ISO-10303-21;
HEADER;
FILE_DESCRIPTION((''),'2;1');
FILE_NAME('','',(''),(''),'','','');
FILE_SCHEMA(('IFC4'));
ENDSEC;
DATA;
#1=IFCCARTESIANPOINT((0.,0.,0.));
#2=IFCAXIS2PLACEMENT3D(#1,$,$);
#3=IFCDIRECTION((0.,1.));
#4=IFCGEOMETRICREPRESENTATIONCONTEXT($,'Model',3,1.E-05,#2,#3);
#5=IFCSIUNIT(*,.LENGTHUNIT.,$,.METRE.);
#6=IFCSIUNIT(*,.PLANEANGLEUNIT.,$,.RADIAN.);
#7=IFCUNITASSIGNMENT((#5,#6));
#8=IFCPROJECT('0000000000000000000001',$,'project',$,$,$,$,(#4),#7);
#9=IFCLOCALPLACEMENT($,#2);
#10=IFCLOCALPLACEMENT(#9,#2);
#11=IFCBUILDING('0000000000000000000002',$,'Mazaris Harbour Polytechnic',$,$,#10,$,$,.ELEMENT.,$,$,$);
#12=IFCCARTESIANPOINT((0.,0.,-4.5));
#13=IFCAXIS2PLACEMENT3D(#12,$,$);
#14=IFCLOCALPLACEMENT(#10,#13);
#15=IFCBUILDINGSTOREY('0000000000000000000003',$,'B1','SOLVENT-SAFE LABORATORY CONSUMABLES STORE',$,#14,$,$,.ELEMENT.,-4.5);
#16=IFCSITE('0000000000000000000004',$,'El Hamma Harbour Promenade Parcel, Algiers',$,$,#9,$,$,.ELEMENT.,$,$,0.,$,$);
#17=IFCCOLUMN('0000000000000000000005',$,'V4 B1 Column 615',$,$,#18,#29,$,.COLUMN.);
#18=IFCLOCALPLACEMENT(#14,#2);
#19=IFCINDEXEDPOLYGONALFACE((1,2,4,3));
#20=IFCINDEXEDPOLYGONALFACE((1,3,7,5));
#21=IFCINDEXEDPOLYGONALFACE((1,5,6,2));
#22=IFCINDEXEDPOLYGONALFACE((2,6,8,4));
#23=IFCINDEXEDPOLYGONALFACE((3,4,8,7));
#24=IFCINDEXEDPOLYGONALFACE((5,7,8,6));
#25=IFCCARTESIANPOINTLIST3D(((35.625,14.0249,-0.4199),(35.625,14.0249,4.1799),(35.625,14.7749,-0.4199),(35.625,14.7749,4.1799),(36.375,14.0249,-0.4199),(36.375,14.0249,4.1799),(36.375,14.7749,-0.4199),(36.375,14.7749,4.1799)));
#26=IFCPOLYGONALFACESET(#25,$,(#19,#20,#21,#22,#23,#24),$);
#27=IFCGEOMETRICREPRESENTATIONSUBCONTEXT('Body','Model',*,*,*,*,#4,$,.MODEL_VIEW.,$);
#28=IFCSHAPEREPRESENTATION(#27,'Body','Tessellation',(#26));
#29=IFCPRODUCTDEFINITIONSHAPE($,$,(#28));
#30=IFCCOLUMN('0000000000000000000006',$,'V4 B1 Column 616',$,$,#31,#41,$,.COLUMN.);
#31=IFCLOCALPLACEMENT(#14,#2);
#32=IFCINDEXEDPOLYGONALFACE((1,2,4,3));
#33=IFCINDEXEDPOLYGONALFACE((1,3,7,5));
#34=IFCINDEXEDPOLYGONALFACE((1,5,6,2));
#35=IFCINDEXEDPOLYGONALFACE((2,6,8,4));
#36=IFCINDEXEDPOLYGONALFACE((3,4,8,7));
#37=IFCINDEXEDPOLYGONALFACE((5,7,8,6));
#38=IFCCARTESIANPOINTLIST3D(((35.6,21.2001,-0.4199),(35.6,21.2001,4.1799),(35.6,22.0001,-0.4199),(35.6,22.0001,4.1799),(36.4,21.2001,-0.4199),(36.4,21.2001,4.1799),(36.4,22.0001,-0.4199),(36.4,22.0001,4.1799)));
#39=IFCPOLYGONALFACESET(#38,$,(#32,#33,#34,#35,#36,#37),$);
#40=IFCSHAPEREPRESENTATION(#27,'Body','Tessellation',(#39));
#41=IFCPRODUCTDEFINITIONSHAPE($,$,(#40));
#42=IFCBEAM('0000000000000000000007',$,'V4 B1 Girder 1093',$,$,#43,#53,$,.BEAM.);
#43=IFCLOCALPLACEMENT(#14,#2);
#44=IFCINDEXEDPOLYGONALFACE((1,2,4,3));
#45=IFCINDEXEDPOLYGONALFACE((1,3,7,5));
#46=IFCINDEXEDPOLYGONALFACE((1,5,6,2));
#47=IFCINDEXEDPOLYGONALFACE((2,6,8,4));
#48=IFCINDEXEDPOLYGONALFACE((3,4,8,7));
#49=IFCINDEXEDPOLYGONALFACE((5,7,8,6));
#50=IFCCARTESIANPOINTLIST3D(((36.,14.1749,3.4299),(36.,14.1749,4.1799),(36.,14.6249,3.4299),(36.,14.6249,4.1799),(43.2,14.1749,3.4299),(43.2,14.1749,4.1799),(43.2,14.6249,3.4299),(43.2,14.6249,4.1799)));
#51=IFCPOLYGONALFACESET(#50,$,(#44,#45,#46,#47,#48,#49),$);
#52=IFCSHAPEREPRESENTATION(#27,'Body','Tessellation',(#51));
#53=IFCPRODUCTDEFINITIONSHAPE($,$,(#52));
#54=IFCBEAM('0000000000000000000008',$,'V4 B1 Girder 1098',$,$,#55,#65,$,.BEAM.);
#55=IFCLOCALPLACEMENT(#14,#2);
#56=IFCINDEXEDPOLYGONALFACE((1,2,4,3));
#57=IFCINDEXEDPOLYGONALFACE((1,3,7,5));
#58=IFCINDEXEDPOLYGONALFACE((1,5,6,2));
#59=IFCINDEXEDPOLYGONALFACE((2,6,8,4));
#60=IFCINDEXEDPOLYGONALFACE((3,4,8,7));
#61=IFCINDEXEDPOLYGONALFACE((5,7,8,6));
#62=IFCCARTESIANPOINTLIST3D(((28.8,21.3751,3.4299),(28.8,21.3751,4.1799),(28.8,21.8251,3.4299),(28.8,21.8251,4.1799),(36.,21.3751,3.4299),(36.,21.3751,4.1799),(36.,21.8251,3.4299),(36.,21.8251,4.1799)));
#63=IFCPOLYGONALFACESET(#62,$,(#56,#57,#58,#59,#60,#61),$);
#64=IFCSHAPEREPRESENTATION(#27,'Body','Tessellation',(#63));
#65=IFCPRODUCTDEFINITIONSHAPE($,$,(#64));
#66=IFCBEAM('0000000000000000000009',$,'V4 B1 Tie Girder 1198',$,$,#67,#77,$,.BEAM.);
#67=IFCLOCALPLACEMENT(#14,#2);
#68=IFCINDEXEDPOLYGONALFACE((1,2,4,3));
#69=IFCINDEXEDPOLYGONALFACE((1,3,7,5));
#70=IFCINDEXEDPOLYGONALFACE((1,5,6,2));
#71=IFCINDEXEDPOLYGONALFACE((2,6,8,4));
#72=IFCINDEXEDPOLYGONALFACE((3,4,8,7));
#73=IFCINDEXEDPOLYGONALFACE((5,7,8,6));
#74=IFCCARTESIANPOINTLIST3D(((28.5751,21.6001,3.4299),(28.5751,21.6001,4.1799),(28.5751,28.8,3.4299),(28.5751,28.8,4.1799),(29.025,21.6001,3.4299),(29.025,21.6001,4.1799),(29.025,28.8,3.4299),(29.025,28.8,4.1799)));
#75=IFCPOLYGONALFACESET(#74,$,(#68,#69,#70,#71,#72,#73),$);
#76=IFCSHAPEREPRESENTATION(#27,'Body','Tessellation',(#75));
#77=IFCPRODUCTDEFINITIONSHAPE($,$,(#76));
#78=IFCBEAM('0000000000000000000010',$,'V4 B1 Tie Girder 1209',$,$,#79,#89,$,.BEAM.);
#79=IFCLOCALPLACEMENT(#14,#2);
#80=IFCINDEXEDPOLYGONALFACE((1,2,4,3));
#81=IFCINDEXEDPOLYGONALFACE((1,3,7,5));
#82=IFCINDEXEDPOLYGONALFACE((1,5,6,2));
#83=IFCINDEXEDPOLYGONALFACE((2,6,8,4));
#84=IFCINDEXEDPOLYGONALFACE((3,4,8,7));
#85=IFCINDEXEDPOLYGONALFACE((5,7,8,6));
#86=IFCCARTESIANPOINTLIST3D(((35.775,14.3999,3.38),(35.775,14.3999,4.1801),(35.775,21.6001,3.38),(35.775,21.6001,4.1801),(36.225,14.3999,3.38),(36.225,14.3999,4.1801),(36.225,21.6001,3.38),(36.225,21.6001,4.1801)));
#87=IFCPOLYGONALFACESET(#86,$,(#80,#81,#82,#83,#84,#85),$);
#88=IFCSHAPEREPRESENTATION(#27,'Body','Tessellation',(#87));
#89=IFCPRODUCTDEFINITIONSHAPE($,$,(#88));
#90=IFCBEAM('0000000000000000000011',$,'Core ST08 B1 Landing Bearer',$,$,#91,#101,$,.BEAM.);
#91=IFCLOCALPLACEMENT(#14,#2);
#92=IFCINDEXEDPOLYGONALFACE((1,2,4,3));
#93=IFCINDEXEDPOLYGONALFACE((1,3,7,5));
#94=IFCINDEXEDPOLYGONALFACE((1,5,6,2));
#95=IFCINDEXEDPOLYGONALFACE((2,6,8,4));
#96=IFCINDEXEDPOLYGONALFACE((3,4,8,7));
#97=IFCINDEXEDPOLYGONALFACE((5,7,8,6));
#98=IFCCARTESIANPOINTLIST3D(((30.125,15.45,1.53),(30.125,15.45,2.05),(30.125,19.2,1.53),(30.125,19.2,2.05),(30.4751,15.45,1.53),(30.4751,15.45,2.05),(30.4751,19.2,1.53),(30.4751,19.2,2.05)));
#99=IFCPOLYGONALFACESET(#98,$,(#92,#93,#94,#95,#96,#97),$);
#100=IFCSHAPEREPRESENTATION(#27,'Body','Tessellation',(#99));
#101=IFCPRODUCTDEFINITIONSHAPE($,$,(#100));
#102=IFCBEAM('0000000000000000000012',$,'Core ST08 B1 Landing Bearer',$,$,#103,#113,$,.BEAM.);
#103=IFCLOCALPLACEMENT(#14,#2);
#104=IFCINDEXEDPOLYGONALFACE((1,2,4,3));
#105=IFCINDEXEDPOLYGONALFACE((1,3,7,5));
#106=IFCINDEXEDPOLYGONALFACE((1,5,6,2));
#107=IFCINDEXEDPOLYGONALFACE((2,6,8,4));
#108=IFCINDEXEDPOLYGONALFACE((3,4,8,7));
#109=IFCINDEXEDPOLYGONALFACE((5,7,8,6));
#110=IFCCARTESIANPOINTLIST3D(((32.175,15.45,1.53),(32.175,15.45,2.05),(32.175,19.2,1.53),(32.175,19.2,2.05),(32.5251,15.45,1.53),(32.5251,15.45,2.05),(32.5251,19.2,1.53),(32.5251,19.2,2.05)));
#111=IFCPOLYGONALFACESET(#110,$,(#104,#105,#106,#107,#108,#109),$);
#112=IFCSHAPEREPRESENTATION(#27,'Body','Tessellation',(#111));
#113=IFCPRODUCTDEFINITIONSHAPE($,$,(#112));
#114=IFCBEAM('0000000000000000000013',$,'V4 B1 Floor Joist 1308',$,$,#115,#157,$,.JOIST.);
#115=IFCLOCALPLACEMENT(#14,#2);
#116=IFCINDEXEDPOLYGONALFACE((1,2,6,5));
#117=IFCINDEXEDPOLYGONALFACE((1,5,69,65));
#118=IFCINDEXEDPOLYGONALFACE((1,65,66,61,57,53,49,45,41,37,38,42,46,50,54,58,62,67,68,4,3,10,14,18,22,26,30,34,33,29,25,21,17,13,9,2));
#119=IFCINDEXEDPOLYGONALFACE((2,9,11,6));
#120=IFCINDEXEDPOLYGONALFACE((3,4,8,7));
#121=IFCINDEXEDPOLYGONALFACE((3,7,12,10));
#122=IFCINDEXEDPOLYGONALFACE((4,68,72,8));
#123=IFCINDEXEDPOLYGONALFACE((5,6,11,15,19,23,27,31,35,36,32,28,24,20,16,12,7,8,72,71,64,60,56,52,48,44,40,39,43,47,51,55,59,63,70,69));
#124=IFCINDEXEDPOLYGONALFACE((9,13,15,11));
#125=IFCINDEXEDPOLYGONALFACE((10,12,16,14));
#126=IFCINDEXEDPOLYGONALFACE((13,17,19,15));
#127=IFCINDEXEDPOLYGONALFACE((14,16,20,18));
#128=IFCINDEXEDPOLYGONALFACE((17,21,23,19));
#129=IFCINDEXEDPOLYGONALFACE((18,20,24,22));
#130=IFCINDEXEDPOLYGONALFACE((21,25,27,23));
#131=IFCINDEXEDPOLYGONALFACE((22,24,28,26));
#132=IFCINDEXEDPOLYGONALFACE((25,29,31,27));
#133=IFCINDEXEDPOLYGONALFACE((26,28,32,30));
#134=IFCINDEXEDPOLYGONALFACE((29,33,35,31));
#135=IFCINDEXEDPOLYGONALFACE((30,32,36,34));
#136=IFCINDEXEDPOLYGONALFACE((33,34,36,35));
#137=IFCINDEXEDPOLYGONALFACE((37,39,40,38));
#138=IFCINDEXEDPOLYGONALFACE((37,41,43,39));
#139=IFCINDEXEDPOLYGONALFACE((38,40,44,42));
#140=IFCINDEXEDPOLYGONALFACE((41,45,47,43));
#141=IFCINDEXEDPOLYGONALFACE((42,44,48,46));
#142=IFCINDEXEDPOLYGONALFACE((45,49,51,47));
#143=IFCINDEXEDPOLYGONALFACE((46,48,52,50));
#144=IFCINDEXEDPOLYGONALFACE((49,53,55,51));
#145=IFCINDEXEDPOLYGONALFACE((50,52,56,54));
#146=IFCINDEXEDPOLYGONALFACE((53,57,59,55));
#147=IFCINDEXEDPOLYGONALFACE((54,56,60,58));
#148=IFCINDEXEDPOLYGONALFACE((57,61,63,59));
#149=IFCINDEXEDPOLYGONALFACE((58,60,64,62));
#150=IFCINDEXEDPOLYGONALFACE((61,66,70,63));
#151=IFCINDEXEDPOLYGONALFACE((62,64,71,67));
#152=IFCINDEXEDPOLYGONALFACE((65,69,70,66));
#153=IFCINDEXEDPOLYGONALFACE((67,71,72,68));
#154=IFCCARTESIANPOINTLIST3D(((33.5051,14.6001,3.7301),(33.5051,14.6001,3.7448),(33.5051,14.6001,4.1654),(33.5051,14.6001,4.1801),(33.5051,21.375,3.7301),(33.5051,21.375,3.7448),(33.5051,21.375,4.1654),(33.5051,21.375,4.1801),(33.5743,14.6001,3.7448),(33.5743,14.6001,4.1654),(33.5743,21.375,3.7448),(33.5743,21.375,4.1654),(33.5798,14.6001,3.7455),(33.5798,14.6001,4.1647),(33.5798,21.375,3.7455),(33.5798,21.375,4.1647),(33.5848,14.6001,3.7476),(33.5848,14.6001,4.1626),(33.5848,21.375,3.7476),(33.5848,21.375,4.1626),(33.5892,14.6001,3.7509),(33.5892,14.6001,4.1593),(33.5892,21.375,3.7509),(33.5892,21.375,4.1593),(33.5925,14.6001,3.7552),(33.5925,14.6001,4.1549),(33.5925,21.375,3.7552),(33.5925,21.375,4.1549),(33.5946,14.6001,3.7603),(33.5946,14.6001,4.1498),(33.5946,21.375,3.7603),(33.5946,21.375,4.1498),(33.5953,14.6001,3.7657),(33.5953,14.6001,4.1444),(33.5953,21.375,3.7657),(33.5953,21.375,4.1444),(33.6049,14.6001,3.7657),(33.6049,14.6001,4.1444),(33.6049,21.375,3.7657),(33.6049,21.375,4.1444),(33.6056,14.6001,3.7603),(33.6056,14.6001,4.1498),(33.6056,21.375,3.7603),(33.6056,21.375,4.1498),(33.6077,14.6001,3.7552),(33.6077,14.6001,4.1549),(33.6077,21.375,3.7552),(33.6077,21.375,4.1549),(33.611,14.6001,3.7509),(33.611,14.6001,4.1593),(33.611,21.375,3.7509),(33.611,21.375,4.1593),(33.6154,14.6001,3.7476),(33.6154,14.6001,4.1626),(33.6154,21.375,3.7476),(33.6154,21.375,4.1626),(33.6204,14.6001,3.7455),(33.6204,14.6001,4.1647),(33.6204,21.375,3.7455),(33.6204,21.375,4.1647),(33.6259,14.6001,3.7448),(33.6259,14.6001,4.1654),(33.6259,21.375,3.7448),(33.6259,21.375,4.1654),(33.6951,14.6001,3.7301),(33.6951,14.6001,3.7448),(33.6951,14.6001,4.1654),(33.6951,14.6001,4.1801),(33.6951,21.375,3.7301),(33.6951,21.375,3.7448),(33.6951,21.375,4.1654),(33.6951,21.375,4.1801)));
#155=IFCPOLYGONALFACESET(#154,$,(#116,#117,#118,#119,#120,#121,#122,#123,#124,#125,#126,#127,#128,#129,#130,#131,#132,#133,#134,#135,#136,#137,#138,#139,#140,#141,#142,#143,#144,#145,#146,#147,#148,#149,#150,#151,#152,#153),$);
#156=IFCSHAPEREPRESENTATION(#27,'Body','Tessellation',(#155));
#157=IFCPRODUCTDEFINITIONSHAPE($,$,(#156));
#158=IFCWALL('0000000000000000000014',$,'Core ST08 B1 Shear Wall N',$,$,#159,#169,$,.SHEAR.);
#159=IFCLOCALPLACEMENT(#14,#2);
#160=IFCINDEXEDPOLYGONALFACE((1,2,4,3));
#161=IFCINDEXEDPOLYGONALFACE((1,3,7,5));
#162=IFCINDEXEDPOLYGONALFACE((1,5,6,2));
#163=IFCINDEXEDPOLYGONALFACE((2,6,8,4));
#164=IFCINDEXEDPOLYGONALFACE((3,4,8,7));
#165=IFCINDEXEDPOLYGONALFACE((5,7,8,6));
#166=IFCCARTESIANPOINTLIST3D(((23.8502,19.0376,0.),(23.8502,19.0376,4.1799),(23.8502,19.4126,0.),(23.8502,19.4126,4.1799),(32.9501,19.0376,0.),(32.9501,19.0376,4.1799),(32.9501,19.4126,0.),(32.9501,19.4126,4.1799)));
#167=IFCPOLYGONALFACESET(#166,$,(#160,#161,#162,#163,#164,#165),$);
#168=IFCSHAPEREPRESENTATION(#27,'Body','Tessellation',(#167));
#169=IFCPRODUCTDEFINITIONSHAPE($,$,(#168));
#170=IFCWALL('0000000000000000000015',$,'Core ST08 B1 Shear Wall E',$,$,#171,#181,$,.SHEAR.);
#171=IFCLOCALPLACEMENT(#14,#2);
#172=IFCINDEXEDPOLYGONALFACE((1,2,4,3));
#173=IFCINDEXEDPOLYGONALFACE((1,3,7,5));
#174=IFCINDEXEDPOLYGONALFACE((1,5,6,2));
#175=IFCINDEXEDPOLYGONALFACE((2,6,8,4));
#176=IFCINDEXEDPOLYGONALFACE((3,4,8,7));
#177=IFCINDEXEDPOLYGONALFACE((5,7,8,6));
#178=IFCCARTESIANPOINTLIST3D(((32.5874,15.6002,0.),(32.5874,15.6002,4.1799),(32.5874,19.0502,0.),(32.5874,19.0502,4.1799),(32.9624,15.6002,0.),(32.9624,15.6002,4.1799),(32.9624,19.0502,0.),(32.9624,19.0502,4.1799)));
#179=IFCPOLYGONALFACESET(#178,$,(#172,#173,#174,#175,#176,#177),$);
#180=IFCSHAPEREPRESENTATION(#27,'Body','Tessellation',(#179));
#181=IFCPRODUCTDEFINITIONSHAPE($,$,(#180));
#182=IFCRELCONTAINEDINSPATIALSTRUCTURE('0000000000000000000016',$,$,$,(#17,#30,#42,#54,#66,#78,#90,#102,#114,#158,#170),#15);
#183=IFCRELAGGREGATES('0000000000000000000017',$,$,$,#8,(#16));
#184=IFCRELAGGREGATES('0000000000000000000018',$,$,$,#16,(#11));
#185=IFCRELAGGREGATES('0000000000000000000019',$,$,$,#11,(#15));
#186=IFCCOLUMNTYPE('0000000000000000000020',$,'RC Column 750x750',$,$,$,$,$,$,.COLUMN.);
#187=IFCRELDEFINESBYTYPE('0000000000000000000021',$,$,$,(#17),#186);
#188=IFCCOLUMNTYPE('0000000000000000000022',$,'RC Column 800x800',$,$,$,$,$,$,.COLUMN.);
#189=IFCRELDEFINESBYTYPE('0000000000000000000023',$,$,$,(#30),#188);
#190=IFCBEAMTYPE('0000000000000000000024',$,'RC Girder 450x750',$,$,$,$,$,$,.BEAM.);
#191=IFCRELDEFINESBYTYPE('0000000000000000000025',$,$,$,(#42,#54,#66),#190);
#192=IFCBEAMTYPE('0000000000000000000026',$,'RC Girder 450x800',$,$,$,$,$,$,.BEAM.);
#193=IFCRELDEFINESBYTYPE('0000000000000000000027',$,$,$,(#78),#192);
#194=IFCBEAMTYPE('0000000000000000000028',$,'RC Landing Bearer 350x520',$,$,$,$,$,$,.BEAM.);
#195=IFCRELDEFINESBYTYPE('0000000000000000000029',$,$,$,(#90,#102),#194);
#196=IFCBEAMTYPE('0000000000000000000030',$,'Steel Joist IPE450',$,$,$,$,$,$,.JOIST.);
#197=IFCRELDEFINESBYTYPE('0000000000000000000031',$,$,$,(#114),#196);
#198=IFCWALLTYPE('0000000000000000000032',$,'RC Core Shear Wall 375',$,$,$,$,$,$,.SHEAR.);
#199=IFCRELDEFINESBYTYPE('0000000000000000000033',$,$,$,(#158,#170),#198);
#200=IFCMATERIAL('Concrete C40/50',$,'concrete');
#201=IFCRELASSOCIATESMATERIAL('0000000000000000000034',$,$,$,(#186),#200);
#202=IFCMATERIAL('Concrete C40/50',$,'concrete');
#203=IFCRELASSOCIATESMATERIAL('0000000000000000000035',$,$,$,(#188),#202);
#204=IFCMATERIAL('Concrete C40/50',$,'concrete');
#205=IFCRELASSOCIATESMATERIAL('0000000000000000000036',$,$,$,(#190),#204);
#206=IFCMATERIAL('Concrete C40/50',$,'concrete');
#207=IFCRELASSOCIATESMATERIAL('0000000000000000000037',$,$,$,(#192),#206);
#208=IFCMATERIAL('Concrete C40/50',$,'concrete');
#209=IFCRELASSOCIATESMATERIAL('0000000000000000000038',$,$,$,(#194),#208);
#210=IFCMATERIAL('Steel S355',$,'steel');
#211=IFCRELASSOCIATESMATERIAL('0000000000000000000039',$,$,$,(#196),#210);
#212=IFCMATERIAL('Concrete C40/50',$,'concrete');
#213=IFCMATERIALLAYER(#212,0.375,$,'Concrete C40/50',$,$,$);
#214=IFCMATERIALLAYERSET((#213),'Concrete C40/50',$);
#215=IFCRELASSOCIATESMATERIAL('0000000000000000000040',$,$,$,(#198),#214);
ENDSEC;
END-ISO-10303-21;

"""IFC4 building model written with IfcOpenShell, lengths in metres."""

from ifc_helpers import new_model, si_unit, direction, frame, frame_2d, origin, origin_2d, place, context, subcontext, project, spatial, rectangle, i_section, extrude, material, layer, layer_set, material_profile, profile_set, type_object, element, save


model = new_model("IFC4")

# Units and contexts
model_context = context("Model", 3, precision=1e-05, world=origin(), true_north=direction((0.0, 1.0)))
body_context = subcontext(model_context, "Body", "Model", "MODEL_VIEW")
ifc_project = project(units=[si_unit("LENGTHUNIT", "METRE"), si_unit("PLANEANGLEUNIT", "RADIAN")], contexts=[model_context])

# Site, building, storey
site_placement = place(None, origin())
site = spatial("IfcSite", under=ifc_project, at=site_placement, Name="El Hamma Harbour Promenade Parcel, Algiers", CompositionType="ELEMENT", RefElevation=0.0)
building_placement = place(site_placement, origin())
building = spatial("IfcBuilding", under=site, at=building_placement, Name="Mazaris Harbour Polytechnic", CompositionType="ELEMENT")
storey_placement = place(building_placement, frame((0.0, 0.0, -4.5)))
storey = spatial("IfcBuildingStorey", under=building, at=storey_placement, Name="B1", Description="SOLVENT-SAFE LABORATORY CONSUMABLES STORE", CompositionType="ELEMENT", Elevation=-4.5)

# Columns
ifc_material_1 = material(Name="Concrete C40/50", Category="concrete")
ifc_material_profile_1 = material_profile(ifc_material_1, rectangle(XDim=0.75, YDim=0.75, at=origin_2d()), Name="RECT750x750")
ifc_profile_set_1 = profile_set([ifc_material_profile_1], Name="Concrete C40/50")
column_type_1 = type_object("IfcColumnType", Name="RC Column 750x750", PredefinedType="COLUMN", material=ifc_profile_set_1)
column_1_placement = place(storey_placement, frame((36.0, 14.3999, -0.4199), z_axis=(0.0, 0.0, 1.0), x_axis=(1.0, 0.0, 0.0)))
element("IfcColumn", 1, at=column_1_placement, inside=storey, type_object=column_type_1, Name="V4 B1 Column 615", PredefinedType="COLUMN", context=body_context, shape_type="SweptSolid", body=[
    extrude(rectangle(XDim=0.75, YDim=0.75, at=origin_2d()), origin(), (0.0, 0.0, 1.0), 4.5999),
])
ifc_material_2 = material(Name="Concrete C40/50", Category="concrete")
ifc_material_profile_2 = material_profile(ifc_material_2, rectangle(XDim=0.8, YDim=0.8, at=origin_2d()), Name="RECT800x800")
ifc_profile_set_2 = profile_set([ifc_material_profile_2], Name="Concrete C40/50")
column_type_2 = type_object("IfcColumnType", Name="RC Column 800x800", PredefinedType="COLUMN", material=ifc_profile_set_2)
column_2_placement = place(storey_placement, frame((36.0, 21.6001, -0.4199), z_axis=(0.0, 0.0, 1.0), x_axis=(1.0, 0.0, 0.0)))
element("IfcColumn", 2, at=column_2_placement, inside=storey, type_object=column_type_2, Name="V4 B1 Column 616", PredefinedType="COLUMN", context=body_context, shape_type="SweptSolid", body=[
    extrude(rectangle(XDim=0.8, YDim=0.8, at=origin_2d()), origin(), (0.0, 0.0, 1.0), 4.5999),
])

# Beams
ifc_material_3 = material(Name="Concrete C40/50", Category="concrete")
ifc_material_profile_3 = material_profile(ifc_material_3, rectangle(XDim=0.45, YDim=0.75, at=origin_2d()), Name="RECT450x750")
ifc_profile_set_3 = profile_set([ifc_material_profile_3], Name="Concrete C40/50")
beam_type_1 = type_object("IfcBeamType", Name="RC Girder 450x750", PredefinedType="BEAM", material=ifc_profile_set_3)
for number, where, z_axis, x_axis, name in (
    (3, (36.0, 14.3999, 3.8049), (1.0, 0.0, 0.0), (0.0, 1.0, 0.0), "V4 B1 Girder 1093"),
    (4, (28.8, 21.6001, 3.8049), (1.0, 0.0, 0.0), (0.0, 1.0, 0.0), "V4 B1 Girder 1098"),
    (5, (28.8, 21.6001, 3.8049), (0.0, 1.0, 0.0), (-1.0, 0.0, 0.0), "V4 B1 Tie Girder 1198"),
):
    element("IfcBeam", number, at=place(storey_placement, frame(where, z_axis=z_axis, x_axis=x_axis)), inside=storey, type_object=beam_type_1, Name=name, PredefinedType="BEAM", context=body_context, shape_type="SweptSolid", body=[
        extrude(rectangle(XDim=0.45, YDim=0.75, at=origin_2d()), origin(), (0.0, 0.0, 1.0), 7.2),
    ])
ifc_material_4 = material(Name="Concrete C40/50", Category="concrete")
ifc_material_profile_4 = material_profile(ifc_material_4, rectangle(XDim=0.45, YDim=0.8, at=origin_2d()), Name="RECT450x800")
ifc_profile_set_4 = profile_set([ifc_material_profile_4], Name="Concrete C40/50")
beam_type_2 = type_object("IfcBeamType", Name="RC Girder 450x800", PredefinedType="BEAM", material=ifc_profile_set_4)
beam_1_placement = place(storey_placement, frame((36.0, 14.3999, 3.78), z_axis=(0.0, 1.0, 0.0), x_axis=(-1.0, 0.0, 0.0)))
element("IfcBeam", 6, at=beam_1_placement, inside=storey, type_object=beam_type_2, Name="V4 B1 Tie Girder 1209", PredefinedType="BEAM", context=body_context, shape_type="SweptSolid", body=[
    extrude(rectangle(XDim=0.45, YDim=0.8, at=origin_2d()), origin(), (0.0, 0.0, 1.0), 7.2002),
])
ifc_material_5 = material(Name="Concrete C40/50", Category="concrete")
ifc_material_profile_5 = material_profile(ifc_material_5, rectangle(XDim=0.3501, YDim=0.52, at=origin_2d()), Name="RECT350x520")
ifc_profile_set_5 = profile_set([ifc_material_profile_5], Name="Concrete C40/50")
beam_type_3 = type_object("IfcBeamType", Name="RC Landing Bearer 350x520", PredefinedType="BEAM", material=ifc_profile_set_5)
for number, where, z_axis, x_axis, name in (
    (7, (30.3, 15.45, 1.79), (0.0, 1.0, 0.0), (-1.0, 0.0, 0.0), "Core ST08 B1 Landing Bearer"),
    (8, (32.3501, 15.45, 1.79), (0.0, 1.0, 0.0), (-1.0, 0.0, 0.0), "Core ST08 B1 Landing Bearer"),
):
    element("IfcBeam", number, at=place(storey_placement, frame(where, z_axis=z_axis, x_axis=x_axis)), inside=storey, type_object=beam_type_3, Name=name, PredefinedType="BEAM", context=body_context, shape_type="SweptSolid", body=[
        extrude(rectangle(XDim=0.3501, YDim=0.52, at=origin_2d()), origin(), (0.0, 0.0, 1.0), 3.75),
    ])
ifc_material_6 = material(Name="Steel S355", Category="steel")
ifc_material_profile_6 = material_profile(ifc_material_6, i_section(OverallWidth=0.1899, OverallDepth=0.45, WebThickness=0.0095, FlangeThickness=0.0146, FilletRadius=0.021, at=origin_2d()), Name="IPE 450")
ifc_profile_set_6 = profile_set([ifc_material_profile_6], Name="Steel S355")
beam_type_4 = type_object("IfcBeamType", Name="Steel Joist IPE450", PredefinedType="JOIST", material=ifc_profile_set_6)
beam_2_placement = place(storey_placement, frame((33.6001, 14.6001, 3.9551), z_axis=(0.0, 1.0, 0.0), x_axis=(-1.0, 0.0, 0.0)))
element("IfcBeam", 9, at=beam_2_placement, inside=storey, type_object=beam_type_4, Name="V4 B1 Floor Joist 1308", PredefinedType="JOIST", context=body_context, shape_type="SweptSolid", body=[
    extrude(i_section(OverallWidth=0.1899, OverallDepth=0.45, WebThickness=0.0095, FlangeThickness=0.0146, FilletRadius=0.021, at=origin_2d()), origin(), (0.0, 0.0, 1.0), 6.7749),
])

# Walls
ifc_material_7 = material(Name="Concrete C40/50", Category="concrete")
ifc_layer = layer(ifc_material_7, 0.375, Name="Concrete C40/50")
ifc_layer_set = layer_set([ifc_layer], Name="Concrete C40/50")
wall_type = type_object("IfcWallType", Name="RC Core Shear Wall 375", PredefinedType="SHEAR", material=ifc_layer_set)
wall_1_placement = place(storey_placement, frame((32.95, 19.2251, 0.0), z_axis=(0.0, 0.0, 1.0), x_axis=(-1.0, 0.0, 0.0)))
element("IfcWall", 10, at=wall_1_placement, inside=storey, type_object=wall_type, Name="Core ST08 B1 Shear Wall N", PredefinedType="SHEAR", context=body_context, shape_type="SweptSolid", body=[
    extrude(rectangle(XDim=9.0999, YDim=0.375, at=frame_2d((4.5498, 0.0))), origin(), (0.0, 0.0, 1.0), 4.1799),
])
wall_2_placement = place(storey_placement, frame((32.7749, 15.6001, 0.0), z_axis=(0.0, 0.0, 1.0), x_axis=(0.0, 1.0, 0.0)))
element("IfcWall", 11, at=wall_2_placement, inside=storey, type_object=wall_type, Name="Core ST08 B1 Shear Wall E", PredefinedType="SHEAR", context=body_context, shape_type="SweptSolid", body=[
    extrude(rectangle(XDim=3.45, YDim=0.375, at=frame_2d((1.7251, 0.0))), origin(), (0.0, 0.0, 1.0), 4.1799),
])

save(model, "model.ifc")
